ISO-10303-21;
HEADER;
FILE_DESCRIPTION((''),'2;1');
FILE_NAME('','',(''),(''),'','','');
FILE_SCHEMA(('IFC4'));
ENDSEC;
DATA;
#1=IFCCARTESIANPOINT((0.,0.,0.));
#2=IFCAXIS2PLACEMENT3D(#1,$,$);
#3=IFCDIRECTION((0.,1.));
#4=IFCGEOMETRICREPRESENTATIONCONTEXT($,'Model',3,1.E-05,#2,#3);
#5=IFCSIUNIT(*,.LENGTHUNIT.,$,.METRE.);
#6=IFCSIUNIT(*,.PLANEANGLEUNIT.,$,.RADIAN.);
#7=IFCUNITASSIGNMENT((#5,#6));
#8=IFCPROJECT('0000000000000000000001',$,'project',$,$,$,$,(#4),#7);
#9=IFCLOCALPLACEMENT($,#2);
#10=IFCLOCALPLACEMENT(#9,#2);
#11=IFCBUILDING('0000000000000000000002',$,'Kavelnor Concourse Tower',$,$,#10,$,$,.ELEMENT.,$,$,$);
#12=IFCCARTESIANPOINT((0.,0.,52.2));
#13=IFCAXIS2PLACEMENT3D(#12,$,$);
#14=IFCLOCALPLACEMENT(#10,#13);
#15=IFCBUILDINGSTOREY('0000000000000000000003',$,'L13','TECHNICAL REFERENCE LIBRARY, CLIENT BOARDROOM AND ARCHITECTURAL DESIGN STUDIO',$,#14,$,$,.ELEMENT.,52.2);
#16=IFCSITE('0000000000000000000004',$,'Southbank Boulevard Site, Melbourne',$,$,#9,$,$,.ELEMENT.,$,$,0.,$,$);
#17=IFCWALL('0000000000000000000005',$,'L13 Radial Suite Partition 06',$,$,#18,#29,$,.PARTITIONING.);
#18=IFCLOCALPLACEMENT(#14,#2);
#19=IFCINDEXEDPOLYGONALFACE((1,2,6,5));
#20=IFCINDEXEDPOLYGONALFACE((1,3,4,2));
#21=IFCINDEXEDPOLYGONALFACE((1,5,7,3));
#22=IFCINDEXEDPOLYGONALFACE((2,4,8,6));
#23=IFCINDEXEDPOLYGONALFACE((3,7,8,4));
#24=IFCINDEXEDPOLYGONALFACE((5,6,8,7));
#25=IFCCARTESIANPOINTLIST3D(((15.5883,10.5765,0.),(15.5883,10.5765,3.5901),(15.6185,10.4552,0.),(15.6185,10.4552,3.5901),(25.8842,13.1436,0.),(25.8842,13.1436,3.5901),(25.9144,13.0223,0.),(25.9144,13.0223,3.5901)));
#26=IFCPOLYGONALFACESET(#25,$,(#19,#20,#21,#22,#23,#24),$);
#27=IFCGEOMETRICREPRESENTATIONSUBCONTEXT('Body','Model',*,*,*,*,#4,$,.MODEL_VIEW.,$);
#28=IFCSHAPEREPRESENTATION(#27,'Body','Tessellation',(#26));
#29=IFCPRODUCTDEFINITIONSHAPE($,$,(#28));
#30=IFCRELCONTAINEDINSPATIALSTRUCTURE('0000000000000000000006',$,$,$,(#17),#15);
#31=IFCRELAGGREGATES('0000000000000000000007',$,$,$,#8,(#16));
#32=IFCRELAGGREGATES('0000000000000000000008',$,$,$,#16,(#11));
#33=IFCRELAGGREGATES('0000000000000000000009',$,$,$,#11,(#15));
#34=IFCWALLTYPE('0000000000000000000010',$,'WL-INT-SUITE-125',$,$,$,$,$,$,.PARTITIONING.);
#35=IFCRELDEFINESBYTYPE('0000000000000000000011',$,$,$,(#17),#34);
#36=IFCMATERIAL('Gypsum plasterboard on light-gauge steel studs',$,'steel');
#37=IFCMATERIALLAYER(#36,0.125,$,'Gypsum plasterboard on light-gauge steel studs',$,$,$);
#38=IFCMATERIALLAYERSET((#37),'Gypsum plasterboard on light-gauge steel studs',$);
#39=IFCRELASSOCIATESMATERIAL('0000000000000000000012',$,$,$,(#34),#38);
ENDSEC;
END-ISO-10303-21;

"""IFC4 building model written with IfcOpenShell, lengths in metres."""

from ifc_helpers import new_model, si_unit, direction, frame, frame_2d, origin, place, context, subcontext, project, spatial, rectangle, extrude, material, layer, layer_set, type_object, element, save


model = new_model("IFC4")

# Units and contexts
model_context = context("Model", 3, precision=1e-05, world=origin(), true_north=direction((0.0, 1.0)))
body_context = subcontext(model_context, "Body", "Model", "MODEL_VIEW")
ifc_project = project(units=[si_unit("LENGTHUNIT", "METRE"), si_unit("PLANEANGLEUNIT", "RADIAN")], contexts=[model_context])

# Site, building, storey
site_placement = place(None, origin())
site = spatial("IfcSite", under=ifc_project, at=site_placement, Name="Southbank Boulevard Site, Melbourne", CompositionType="ELEMENT", RefElevation=0.0)
building_placement = place(site_placement, origin())
building = spatial("IfcBuilding", under=site, at=building_placement, Name="Kavelnor Concourse Tower", CompositionType="ELEMENT")
storey_placement = place(building_placement, frame((0.0, 0.0, 52.2)))
storey = spatial("IfcBuildingStorey", under=building, at=storey_placement, Name="L13", Description="TECHNICAL REFERENCE LIBRARY, CLIENT BOARDROOM AND ARCHITECTURAL DESIGN STUDIO", CompositionType="ELEMENT", Elevation=52.2)

# Shared definitions
ifc_material_1 = material(Name="Gypsum plasterboard on light-gauge steel studs", Category="steel")

# Wall
ifc_layer_1 = layer(ifc_material_1, 0.125, Name="Gypsum plasterboard on light-gauge steel studs")
ifc_layer_set_1 = layer_set([ifc_layer_1], Name="Gypsum plasterboard on light-gauge steel studs")
wall_type_1 = type_object("IfcWallType", Name="WL-INT-SUITE-125", PredefinedType="PARTITIONING", material=ifc_layer_set_1)
wall_1_placement = place(storey_placement, frame((25.8994, 13.083, 0.0), z_axis=(0.0, 0.0, 1.0), x_axis=(-0.970294, -0.241929, 0.0)))
element("IfcWall", 1, at=wall_1_placement, inside=storey, type_object=wall_type_1, Name="L13 Radial Suite Partition 06", PredefinedType="PARTITIONING", context=body_context, shape_type="SweptSolid", body=[
    extrude(rectangle(XDim=10.6111, YDim=0.125, at=frame_2d((5.3057, 0.0))), origin(), (0.0, 0.0, 1.0), 3.5901),
])

save(model, "model.ifc")
